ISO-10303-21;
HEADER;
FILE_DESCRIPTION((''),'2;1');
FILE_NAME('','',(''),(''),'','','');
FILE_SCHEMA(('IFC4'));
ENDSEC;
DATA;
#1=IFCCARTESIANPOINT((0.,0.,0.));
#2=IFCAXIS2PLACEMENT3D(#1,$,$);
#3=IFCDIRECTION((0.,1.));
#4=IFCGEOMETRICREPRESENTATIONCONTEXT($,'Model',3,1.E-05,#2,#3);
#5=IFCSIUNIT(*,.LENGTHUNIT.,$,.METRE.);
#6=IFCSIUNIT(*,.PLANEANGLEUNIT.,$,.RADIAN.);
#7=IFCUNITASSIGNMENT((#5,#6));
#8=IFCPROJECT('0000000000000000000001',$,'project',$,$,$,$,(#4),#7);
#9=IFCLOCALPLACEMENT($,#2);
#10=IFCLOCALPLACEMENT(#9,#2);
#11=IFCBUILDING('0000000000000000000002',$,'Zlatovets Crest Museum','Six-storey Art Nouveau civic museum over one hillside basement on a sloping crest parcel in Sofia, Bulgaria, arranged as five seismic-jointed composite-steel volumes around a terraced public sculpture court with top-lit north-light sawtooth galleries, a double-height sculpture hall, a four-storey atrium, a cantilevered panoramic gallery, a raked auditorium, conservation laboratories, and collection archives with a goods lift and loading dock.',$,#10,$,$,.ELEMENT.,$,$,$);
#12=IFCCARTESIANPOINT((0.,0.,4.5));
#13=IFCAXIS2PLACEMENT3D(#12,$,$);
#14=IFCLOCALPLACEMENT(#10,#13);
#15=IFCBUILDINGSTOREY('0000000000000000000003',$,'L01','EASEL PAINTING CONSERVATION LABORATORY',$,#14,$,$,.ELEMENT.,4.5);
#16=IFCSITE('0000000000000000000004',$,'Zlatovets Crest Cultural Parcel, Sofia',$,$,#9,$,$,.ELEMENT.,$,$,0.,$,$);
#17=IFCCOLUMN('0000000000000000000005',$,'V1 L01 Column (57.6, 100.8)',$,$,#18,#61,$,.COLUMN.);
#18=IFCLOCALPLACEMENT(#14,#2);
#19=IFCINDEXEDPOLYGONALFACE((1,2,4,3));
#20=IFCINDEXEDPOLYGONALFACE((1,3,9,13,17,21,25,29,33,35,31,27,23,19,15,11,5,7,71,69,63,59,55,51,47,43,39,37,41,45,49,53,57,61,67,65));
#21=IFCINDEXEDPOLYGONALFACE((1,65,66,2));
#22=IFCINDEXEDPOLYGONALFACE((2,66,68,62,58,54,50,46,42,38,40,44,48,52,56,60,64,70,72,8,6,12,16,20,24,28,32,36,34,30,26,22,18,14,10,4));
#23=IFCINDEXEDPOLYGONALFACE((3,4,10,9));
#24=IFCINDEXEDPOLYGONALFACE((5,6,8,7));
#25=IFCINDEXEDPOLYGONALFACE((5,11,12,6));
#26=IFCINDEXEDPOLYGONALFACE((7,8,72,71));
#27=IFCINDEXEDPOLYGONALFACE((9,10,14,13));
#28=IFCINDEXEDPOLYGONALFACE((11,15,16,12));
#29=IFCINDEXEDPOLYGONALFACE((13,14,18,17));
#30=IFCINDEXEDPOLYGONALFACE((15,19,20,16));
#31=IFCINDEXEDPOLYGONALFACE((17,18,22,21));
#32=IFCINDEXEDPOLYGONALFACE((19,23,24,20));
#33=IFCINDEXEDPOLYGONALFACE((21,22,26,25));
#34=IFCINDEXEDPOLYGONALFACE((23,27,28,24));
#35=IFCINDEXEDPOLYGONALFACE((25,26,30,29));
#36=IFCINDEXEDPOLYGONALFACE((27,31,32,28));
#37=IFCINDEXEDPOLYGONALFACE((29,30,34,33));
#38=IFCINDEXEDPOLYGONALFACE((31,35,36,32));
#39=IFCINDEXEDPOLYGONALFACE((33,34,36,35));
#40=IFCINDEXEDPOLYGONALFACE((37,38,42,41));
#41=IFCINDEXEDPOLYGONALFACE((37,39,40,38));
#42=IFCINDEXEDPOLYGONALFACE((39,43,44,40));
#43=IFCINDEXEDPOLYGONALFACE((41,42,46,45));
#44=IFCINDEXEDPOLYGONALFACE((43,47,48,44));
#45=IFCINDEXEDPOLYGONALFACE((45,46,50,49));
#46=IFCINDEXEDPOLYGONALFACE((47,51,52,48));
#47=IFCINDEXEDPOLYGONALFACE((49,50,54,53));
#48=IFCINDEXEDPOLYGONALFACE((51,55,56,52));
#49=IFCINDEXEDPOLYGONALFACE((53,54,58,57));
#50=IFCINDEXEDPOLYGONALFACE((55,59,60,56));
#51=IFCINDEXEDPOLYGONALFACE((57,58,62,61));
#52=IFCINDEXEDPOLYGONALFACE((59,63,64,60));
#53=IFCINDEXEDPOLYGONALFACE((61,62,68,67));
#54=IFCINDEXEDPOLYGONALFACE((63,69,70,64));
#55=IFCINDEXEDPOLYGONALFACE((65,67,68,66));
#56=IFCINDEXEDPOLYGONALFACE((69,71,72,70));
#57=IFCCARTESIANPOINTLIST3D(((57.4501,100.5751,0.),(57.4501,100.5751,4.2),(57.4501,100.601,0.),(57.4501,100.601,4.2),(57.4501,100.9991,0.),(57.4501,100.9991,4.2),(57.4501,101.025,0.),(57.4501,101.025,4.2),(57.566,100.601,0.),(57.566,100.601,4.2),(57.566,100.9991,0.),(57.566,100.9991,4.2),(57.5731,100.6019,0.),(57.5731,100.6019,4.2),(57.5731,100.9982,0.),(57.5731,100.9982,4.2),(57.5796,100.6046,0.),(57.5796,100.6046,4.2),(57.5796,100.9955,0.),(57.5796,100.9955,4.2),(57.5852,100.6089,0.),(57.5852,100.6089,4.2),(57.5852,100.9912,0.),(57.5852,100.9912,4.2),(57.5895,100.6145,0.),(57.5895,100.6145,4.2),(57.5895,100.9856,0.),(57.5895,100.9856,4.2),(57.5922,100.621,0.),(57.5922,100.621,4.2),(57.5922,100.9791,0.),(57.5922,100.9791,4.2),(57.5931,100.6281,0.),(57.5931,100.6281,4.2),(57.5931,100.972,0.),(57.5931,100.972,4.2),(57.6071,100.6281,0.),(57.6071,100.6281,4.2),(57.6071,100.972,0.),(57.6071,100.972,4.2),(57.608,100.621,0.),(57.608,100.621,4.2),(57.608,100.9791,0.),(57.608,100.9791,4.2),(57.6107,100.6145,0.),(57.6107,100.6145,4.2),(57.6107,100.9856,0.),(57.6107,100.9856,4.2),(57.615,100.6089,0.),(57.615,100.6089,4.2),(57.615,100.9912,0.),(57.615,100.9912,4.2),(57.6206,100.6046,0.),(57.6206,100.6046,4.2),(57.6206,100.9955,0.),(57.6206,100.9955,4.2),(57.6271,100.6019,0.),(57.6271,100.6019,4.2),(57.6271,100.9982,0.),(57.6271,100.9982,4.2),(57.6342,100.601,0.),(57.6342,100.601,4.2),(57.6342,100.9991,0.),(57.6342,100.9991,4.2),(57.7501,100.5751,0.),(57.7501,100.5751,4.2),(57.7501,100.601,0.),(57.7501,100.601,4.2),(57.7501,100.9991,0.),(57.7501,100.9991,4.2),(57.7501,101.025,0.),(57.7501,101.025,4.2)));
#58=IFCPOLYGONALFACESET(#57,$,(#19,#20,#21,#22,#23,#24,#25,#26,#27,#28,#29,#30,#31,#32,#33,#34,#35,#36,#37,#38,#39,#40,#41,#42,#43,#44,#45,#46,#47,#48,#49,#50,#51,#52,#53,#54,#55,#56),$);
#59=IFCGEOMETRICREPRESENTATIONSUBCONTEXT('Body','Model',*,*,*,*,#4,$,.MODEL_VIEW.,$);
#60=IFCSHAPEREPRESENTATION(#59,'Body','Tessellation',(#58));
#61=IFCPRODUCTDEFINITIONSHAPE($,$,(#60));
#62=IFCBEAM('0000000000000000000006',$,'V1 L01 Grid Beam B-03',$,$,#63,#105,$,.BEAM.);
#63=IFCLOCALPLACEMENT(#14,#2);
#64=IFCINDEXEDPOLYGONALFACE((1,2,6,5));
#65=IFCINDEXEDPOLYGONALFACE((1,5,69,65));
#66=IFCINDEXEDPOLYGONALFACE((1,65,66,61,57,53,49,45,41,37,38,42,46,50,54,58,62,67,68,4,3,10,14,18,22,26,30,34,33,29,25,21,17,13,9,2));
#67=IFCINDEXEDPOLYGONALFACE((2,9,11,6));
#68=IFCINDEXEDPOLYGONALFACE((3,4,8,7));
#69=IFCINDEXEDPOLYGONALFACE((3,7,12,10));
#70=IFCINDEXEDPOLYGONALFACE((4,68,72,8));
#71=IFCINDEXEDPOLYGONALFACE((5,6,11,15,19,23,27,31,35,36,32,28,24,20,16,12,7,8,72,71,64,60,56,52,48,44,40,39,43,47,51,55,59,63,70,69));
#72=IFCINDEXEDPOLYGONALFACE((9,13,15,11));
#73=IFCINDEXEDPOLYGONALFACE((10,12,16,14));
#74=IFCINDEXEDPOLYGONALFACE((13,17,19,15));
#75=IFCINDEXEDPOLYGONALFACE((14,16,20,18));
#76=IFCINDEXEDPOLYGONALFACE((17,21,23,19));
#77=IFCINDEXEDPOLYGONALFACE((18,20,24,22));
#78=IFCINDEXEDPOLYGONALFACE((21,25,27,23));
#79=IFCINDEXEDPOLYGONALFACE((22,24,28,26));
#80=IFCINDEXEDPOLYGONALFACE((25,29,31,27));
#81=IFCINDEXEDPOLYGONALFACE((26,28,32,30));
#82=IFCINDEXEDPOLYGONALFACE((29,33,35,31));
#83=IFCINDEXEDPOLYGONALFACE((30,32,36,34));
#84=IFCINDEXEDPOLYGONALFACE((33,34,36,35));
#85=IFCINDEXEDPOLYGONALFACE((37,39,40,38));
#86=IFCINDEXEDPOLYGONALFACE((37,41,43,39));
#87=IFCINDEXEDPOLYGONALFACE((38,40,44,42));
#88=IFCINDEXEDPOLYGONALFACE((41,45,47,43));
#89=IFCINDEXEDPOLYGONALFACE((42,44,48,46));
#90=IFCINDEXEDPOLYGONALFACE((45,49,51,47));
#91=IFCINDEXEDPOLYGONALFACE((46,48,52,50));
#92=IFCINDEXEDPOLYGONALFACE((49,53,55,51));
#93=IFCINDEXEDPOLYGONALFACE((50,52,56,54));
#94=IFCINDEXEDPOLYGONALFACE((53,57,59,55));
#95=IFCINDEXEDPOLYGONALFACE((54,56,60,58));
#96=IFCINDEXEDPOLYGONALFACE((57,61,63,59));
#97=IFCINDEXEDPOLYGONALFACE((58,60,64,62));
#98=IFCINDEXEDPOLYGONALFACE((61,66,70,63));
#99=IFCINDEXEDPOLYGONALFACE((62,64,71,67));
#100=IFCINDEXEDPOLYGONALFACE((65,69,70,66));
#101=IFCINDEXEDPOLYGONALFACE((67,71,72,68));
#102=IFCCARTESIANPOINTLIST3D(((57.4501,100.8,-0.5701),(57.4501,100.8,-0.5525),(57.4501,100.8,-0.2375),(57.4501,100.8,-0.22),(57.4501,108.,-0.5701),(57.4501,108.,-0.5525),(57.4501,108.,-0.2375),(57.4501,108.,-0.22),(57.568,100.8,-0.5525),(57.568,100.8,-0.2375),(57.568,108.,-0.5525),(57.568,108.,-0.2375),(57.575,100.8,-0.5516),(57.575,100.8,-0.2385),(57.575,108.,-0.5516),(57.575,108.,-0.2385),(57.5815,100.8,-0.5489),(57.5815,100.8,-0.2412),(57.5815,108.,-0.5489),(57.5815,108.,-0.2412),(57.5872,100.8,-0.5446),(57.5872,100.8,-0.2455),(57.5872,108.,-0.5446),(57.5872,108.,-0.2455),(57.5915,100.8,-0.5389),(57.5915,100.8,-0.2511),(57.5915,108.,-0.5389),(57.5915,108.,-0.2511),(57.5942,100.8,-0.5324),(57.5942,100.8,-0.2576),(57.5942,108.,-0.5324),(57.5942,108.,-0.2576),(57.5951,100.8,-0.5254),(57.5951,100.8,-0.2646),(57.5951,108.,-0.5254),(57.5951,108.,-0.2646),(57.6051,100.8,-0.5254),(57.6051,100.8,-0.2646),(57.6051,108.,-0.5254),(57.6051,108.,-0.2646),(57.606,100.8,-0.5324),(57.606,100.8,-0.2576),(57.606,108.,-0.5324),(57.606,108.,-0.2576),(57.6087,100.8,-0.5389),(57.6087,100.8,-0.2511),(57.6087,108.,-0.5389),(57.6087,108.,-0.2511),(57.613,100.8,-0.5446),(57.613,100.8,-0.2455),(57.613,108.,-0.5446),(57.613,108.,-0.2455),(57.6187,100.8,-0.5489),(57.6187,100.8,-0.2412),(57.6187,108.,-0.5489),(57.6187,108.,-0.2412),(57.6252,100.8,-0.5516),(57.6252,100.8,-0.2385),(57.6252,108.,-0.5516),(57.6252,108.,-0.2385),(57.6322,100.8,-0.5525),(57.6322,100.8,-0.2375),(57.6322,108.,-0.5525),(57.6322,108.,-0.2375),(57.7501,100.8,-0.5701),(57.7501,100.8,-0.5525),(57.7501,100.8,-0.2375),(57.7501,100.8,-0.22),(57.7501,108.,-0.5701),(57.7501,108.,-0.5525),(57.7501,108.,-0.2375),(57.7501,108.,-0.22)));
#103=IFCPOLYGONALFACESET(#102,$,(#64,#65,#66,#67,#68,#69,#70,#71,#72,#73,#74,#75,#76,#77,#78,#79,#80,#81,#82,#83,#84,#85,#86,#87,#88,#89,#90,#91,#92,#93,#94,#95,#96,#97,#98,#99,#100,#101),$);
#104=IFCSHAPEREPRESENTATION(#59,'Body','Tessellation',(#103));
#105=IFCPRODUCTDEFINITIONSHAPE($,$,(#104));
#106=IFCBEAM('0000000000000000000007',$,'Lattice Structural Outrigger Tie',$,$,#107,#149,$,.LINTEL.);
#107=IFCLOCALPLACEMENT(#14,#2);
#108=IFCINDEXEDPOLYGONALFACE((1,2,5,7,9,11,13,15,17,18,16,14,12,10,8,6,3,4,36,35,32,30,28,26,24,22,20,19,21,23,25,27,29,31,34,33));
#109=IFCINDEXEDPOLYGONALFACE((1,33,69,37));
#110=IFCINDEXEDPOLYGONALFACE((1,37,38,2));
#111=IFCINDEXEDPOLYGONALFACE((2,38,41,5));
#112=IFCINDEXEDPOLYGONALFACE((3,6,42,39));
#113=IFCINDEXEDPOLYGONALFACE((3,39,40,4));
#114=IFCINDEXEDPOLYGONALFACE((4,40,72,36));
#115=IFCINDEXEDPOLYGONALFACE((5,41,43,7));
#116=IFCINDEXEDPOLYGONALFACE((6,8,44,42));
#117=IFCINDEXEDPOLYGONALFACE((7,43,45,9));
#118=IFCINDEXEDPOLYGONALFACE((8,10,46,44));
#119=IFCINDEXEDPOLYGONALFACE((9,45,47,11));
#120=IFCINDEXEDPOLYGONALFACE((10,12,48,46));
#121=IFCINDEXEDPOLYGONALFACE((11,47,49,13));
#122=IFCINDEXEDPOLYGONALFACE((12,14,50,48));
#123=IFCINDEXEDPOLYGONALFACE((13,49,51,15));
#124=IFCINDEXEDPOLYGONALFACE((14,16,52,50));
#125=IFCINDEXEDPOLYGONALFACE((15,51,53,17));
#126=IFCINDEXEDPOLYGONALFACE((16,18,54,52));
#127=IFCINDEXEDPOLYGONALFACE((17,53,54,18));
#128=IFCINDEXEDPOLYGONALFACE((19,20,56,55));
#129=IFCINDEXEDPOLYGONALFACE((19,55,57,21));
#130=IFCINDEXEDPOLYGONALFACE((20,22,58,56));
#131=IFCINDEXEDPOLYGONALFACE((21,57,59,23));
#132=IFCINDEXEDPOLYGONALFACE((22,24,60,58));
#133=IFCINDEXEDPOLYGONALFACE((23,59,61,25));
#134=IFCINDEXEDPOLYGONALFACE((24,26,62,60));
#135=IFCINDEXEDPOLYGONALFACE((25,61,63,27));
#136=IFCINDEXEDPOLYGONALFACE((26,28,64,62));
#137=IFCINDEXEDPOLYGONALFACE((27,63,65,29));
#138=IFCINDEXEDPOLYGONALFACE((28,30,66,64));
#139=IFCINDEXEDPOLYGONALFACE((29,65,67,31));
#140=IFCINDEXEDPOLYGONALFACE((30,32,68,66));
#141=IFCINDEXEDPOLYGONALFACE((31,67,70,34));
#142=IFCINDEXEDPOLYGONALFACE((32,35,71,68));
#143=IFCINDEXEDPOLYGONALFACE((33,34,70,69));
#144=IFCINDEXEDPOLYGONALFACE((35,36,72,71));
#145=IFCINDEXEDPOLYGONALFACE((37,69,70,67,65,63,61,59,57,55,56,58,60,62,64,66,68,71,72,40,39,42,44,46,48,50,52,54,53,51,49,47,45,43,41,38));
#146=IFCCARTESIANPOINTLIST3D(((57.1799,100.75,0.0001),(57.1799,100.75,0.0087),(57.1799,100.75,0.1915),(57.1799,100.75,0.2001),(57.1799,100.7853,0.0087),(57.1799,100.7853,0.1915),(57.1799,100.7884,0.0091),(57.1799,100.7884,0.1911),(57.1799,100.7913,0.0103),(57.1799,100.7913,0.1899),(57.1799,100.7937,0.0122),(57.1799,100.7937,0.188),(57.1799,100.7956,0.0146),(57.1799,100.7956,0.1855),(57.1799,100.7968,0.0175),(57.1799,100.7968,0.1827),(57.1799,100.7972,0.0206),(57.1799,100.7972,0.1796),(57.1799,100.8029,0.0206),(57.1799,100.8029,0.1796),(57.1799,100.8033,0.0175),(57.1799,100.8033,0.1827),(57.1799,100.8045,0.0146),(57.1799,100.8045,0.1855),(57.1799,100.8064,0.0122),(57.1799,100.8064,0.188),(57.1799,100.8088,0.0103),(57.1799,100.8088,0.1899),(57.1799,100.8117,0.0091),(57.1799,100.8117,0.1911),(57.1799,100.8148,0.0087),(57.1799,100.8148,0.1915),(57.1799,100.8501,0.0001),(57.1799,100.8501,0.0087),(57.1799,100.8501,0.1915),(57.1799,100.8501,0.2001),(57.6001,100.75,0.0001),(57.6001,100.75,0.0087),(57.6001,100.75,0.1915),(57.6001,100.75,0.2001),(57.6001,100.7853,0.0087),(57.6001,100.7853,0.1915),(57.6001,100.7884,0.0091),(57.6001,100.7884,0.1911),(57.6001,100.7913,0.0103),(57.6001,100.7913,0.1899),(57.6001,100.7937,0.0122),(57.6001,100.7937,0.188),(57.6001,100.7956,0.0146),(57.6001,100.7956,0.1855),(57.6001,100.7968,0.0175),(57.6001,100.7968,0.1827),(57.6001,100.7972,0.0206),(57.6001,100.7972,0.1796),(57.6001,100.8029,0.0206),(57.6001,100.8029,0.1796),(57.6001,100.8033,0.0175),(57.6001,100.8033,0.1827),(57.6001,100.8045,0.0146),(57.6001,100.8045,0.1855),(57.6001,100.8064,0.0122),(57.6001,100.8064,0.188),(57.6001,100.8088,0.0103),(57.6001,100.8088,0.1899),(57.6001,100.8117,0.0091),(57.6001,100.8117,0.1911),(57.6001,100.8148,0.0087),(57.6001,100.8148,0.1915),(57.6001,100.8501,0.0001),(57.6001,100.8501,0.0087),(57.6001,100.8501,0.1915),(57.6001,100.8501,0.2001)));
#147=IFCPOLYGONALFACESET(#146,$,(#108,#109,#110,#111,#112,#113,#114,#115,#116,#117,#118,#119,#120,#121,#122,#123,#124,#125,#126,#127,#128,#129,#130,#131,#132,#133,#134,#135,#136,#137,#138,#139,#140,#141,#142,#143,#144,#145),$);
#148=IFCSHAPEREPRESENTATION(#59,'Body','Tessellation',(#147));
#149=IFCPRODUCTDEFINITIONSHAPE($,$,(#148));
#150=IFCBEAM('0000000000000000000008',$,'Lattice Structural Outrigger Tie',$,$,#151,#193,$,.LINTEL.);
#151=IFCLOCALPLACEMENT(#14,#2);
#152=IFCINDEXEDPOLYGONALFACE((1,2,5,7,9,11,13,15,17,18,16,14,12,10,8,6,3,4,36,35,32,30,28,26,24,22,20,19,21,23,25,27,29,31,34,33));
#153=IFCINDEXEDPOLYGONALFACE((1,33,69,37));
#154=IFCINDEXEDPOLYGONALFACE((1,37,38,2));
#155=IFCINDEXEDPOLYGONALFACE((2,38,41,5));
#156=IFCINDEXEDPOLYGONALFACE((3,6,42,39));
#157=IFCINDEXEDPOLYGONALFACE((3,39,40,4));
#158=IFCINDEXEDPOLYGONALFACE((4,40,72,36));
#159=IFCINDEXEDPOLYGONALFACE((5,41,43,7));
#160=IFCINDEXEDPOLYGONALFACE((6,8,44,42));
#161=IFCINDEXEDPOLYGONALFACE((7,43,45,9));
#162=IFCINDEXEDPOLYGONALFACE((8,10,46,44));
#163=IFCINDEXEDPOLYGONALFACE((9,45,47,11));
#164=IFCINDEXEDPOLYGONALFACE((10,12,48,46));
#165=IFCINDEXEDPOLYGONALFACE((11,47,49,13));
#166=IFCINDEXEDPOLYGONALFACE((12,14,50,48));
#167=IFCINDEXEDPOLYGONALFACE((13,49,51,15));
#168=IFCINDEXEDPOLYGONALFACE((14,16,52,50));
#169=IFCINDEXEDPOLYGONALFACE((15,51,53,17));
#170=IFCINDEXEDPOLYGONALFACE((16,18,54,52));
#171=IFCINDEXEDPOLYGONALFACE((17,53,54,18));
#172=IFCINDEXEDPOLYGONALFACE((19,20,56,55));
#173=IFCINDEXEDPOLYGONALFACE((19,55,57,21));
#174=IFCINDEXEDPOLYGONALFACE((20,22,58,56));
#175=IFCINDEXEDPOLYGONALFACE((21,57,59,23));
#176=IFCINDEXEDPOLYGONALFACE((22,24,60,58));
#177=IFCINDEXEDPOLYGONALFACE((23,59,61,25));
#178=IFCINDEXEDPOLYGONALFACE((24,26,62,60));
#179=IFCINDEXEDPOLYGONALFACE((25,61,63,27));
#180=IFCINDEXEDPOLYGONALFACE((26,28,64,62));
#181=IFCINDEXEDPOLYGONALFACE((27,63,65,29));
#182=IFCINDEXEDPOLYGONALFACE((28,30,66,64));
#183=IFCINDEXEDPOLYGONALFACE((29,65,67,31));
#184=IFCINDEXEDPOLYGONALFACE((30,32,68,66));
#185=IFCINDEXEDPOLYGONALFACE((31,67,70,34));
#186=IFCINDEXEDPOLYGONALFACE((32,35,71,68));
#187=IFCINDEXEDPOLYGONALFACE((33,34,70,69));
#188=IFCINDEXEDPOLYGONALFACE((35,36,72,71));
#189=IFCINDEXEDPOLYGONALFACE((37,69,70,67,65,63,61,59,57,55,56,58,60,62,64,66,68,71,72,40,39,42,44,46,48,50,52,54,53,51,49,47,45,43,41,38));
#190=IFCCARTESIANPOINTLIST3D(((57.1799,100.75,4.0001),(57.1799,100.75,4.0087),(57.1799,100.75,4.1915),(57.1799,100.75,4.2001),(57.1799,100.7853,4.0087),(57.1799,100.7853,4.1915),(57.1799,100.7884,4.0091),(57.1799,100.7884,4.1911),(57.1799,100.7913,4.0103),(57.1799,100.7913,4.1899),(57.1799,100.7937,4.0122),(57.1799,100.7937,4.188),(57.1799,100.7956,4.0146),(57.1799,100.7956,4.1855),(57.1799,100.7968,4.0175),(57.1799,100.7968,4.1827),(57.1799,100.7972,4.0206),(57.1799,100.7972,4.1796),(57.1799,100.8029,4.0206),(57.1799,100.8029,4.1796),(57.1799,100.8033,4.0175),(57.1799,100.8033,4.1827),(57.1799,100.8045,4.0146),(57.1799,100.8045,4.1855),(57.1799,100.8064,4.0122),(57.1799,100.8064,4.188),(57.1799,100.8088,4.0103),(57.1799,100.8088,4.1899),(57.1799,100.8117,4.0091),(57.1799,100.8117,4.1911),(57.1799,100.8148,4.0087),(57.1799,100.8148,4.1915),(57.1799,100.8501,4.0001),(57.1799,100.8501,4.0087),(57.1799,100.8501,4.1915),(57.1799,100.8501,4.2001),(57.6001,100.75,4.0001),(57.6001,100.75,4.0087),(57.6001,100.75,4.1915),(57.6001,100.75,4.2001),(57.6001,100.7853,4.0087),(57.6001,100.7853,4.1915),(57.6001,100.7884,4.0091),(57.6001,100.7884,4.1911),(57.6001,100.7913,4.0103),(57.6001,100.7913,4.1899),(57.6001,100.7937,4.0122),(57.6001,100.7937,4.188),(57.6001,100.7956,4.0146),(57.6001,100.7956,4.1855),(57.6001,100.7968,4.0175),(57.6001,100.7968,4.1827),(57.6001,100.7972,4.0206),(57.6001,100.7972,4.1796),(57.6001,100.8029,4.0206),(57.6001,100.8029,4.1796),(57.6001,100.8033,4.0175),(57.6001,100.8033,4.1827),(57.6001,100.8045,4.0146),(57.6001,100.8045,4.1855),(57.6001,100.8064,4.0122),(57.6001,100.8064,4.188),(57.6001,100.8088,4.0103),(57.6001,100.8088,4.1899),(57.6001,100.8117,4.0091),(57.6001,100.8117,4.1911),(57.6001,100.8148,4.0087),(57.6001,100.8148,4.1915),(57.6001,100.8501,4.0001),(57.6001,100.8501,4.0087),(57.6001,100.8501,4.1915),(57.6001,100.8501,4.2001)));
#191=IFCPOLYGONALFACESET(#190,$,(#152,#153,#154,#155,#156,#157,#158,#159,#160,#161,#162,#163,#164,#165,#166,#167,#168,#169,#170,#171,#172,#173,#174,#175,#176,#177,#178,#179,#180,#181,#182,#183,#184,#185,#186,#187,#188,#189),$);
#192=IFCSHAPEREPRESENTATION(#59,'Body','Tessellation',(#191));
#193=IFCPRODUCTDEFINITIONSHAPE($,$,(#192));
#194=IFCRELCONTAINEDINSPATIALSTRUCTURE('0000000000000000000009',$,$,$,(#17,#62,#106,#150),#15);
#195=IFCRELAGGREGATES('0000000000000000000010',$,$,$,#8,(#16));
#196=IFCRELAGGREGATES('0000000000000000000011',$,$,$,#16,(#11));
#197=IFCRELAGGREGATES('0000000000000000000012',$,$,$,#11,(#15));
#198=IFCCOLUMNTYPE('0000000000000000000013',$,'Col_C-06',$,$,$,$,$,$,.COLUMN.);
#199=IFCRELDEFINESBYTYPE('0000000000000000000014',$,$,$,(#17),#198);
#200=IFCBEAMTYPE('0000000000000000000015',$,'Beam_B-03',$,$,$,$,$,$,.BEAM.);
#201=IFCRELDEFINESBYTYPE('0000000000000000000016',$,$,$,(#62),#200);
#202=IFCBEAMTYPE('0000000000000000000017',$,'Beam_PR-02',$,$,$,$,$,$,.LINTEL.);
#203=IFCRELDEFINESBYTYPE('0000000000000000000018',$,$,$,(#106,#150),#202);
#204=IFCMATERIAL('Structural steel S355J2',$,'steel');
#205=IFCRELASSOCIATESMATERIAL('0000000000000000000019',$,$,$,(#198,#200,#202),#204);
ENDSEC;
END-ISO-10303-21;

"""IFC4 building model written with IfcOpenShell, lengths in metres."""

from ifc_helpers import new_model, si_unit, direction, frame, origin, origin_2d, place, context, subcontext, project, spatial, i_section, extrude, material, material_profile, profile_set, type_object, element, save


model = new_model("IFC4")

# Units and contexts
model_context = context("Model", 3, precision=1e-05, world=origin(), true_north=direction((0.0, 1.0)))
body_context = subcontext(model_context, "Body", "Model", "MODEL_VIEW")
ifc_project = project(units=[si_unit("LENGTHUNIT", "METRE"), si_unit("PLANEANGLEUNIT", "RADIAN")], contexts=[model_context])

# Site, building, storey
site_placement = place(None, origin())
site = spatial("IfcSite", under=ifc_project, at=site_placement, Name="Zlatovets Crest Cultural Parcel, Sofia", CompositionType="ELEMENT", RefElevation=0.0)
building_placement = place(site_placement, origin())
building = spatial("IfcBuilding", under=site, at=building_placement, Name="Zlatovets Crest Museum", Description="Six-storey Art Nouveau civic museum over one hillside basement on a sloping crest parcel in Sofia, Bulgaria, arranged as five seismic-jointed composite-steel volumes around a terraced public sculpture court with top-lit north-light sawtooth galleries, a double-height sculpture hall, a four-storey atrium, a cantilevered panoramic gallery, a raked auditorium, conservation laboratories, and collection archives with a goods lift and loading dock.", CompositionType="ELEMENT")
storey_placement = place(building_placement, frame((0.0, 0.0, 4.5)))
storey = spatial("IfcBuildingStorey", under=building, at=storey_placement, Name="L01", Description="EASEL PAINTING CONSERVATION LABORATORY", CompositionType="ELEMENT", Elevation=4.5)

# Column
ifc_material_1 = material(Name="Structural steel S355J2", Category="steel")
ifc_material_profile_1 = material_profile(ifc_material_1, i_section(OverallWidth=0.3, OverallDepth=0.45, WebThickness=0.0139, FlangeThickness=0.0259, FilletRadius=0.0271, at=origin_2d()), Name="HEB 450")
ifc_profile_set_1 = profile_set([ifc_material_profile_1], Name="Structural steel S355J2")
column_type = type_object("IfcColumnType", Name="Col_C-06", PredefinedType="COLUMN", material=ifc_profile_set_1)
column_placement = place(storey_placement, frame((57.6001, 100.8, 0.0), z_axis=(0.0, 0.0, 1.0), x_axis=(1.0, 0.0, 0.0)))
element("IfcColumn", 1, at=column_placement, inside=storey, type_object=column_type, Name="V1 L01 Column (57.6, 100.8)", PredefinedType="COLUMN", context=body_context, shape_type="SweptSolid", body=[
    extrude(i_section(OverallWidth=0.3, OverallDepth=0.45, WebThickness=0.0139, FlangeThickness=0.0259, FilletRadius=0.0271, at=origin_2d()), origin(), (0.0, 0.0, 1.0), 4.2),
])

# Beams
ifc_material_profile_2 = material_profile(ifc_material_1, i_section(OverallWidth=0.3, OverallDepth=0.3501, WebThickness=0.01, FlangeThickness=0.0176, FilletRadius=0.0271, at=origin_2d()), Name="HEA 360")
ifc_profile_set_2 = profile_set([ifc_material_profile_2], Name="Structural steel S355J2")
beam_type_1 = type_object("IfcBeamType", Name="Beam_B-03", PredefinedType="BEAM", material=ifc_profile_set_2)
beam_1_placement = place(storey_placement, frame((57.6001, 100.8, -0.395), z_axis=(0.0, 1.0, 0.0), x_axis=(-1.0, 0.0, 0.0)))
element("IfcBeam", 2, at=beam_1_placement, inside=storey, type_object=beam_type_1, Name="V1 L01 Grid Beam B-03", PredefinedType="BEAM", context=body_context, shape_type="SweptSolid", body=[
    extrude(i_section(OverallWidth=0.3, OverallDepth=0.3501, WebThickness=0.01, FlangeThickness=0.0176, FilletRadius=0.0271, at=origin_2d()), origin(), (0.0, 0.0, 1.0), 7.2),
])
ifc_material_profile_3 = material_profile(ifc_material_1, i_section(OverallWidth=0.1001, OverallDepth=0.2, WebThickness=0.0056, FlangeThickness=0.0085, FilletRadius=0.012, at=origin_2d()), Name="IPE 200")
ifc_profile_set_3 = profile_set([ifc_material_profile_3], Name="Structural steel S355J2")
beam_type_2 = type_object("IfcBeamType", Name="Beam_PR-02", PredefinedType="LINTEL", material=ifc_profile_set_3)
for number, where, z_axis, x_axis, name in (
    (3, (57.6001, 100.8, 0.1001), (-1.0, 0.0, 0.0), (0.0, -1.0, 0.0), "Lattice Structural Outrigger Tie"),
    (4, (57.6001, 100.8, 4.1001), (-1.0, 0.0, 0.0), (0.0, -1.0, 0.0), "Lattice Structural Outrigger Tie"),
):
    element("IfcBeam", number, at=place(storey_placement, frame(where, z_axis=z_axis, x_axis=x_axis)), inside=storey, type_object=beam_type_2, Name=name, PredefinedType="LINTEL", context=body_context, shape_type="SweptSolid", body=[
        extrude(i_section(OverallWidth=0.1001, OverallDepth=0.2, WebThickness=0.0056, FlangeThickness=0.0085, FilletRadius=0.012, at=origin_2d()), origin(), (0.0, 0.0, 1.0), 0.4202),
    ])

save(model, "model.ifc")
